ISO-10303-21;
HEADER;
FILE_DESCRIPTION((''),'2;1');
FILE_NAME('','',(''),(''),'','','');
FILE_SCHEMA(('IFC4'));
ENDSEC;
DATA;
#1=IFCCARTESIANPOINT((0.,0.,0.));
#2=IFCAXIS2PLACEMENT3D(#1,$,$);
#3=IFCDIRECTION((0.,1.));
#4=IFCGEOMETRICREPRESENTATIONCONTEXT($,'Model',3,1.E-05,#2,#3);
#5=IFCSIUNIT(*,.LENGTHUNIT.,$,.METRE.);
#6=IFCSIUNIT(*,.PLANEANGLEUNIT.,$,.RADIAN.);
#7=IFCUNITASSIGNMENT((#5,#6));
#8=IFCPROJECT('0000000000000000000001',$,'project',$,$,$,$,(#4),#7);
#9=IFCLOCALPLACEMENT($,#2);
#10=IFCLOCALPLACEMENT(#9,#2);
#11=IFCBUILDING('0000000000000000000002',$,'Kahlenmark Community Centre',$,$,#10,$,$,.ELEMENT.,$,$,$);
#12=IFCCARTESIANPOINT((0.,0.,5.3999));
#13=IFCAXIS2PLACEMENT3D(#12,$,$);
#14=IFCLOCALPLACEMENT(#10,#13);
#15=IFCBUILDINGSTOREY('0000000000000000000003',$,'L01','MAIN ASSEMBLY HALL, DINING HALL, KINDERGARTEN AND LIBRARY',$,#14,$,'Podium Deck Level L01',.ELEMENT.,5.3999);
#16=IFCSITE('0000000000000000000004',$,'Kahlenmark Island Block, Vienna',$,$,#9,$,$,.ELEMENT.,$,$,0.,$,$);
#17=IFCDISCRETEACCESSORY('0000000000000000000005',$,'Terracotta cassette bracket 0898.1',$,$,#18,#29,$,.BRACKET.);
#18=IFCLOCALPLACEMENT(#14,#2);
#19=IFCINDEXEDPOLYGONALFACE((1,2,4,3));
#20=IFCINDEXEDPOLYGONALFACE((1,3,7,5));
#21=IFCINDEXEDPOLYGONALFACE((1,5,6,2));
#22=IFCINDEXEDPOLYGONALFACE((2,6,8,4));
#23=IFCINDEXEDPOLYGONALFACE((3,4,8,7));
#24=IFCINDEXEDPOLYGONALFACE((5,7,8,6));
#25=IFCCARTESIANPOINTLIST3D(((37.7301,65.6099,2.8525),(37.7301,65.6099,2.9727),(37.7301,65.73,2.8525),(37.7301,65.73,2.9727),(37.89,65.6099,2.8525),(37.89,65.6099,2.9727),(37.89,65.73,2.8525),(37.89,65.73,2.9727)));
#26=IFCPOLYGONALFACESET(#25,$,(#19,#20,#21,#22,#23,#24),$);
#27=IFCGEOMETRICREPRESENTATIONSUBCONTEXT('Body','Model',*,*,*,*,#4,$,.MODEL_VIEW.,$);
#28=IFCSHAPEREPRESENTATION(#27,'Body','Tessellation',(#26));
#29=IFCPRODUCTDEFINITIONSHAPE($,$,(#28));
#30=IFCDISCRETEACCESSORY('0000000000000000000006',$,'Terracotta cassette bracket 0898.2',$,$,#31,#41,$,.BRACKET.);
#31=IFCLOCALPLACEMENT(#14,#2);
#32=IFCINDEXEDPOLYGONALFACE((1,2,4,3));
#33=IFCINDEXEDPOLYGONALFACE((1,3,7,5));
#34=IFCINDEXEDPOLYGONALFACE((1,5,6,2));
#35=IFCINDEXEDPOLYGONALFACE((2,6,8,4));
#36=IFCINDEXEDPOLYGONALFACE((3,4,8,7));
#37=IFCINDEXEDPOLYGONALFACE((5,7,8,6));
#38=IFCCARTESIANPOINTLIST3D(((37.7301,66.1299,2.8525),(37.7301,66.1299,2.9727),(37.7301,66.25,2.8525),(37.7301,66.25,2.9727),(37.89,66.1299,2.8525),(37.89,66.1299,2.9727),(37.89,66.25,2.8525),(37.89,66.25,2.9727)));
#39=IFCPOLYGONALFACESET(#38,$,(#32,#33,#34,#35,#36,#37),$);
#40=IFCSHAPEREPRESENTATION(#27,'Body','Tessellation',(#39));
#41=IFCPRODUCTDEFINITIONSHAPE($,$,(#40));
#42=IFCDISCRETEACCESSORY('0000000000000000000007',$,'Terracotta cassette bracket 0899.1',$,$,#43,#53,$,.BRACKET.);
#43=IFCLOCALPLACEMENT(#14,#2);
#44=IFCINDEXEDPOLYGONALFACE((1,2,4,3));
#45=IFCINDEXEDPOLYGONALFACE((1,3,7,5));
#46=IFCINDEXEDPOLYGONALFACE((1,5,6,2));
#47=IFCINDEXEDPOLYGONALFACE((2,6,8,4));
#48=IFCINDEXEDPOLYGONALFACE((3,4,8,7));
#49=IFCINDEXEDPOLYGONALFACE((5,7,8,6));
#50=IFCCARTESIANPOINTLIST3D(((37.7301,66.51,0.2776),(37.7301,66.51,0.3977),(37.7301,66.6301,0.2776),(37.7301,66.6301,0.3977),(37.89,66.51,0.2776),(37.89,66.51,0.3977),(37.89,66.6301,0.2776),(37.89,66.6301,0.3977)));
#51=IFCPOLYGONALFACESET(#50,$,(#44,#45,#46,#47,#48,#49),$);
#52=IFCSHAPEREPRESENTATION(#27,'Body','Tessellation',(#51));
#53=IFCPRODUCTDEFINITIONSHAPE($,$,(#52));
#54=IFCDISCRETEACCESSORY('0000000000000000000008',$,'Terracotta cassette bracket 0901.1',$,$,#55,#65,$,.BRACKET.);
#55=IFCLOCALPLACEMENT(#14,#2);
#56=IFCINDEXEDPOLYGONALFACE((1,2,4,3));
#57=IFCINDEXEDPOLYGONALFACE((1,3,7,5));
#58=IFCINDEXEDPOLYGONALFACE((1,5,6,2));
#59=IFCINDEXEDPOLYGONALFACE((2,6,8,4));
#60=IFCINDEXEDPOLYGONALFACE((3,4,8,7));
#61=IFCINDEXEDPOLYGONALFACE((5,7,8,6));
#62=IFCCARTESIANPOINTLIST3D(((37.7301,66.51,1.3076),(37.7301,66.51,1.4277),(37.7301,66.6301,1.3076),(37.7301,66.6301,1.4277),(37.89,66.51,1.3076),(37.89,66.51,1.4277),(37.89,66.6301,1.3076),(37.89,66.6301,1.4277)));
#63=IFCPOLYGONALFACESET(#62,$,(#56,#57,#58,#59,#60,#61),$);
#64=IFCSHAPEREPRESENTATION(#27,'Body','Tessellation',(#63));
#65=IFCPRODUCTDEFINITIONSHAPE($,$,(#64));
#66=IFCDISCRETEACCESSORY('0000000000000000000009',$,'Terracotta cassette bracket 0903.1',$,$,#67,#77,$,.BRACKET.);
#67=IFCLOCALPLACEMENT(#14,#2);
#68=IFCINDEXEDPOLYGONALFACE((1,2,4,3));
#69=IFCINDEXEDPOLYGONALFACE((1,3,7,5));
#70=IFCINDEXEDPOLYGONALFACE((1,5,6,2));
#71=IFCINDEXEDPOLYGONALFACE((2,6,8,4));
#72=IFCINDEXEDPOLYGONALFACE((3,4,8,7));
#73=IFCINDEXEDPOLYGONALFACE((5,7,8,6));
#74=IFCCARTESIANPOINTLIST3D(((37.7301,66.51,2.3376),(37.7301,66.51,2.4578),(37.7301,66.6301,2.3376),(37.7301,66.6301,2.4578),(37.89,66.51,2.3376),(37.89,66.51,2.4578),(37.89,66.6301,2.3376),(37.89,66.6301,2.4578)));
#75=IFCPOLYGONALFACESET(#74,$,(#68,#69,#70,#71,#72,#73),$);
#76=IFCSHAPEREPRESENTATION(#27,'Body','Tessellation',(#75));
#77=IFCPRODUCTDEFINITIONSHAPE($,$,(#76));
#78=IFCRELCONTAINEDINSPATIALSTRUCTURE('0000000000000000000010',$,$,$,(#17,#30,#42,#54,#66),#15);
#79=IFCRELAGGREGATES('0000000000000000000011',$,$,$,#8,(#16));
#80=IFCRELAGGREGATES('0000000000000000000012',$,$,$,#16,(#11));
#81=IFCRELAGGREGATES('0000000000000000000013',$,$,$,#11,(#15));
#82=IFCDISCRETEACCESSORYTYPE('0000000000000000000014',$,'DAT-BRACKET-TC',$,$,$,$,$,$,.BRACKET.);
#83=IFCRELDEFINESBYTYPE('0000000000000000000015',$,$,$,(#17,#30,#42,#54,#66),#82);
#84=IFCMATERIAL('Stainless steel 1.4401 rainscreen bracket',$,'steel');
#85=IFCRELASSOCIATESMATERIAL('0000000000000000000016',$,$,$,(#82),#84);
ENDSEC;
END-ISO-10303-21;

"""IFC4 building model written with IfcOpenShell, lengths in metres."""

from ifc_helpers import new_model, si_unit, direction, frame, origin, origin_2d, place, context, subcontext, project, spatial, rectangle, extrude, material, type_object, element, save


model = new_model("IFC4")

# Units and contexts
model_context = context("Model", 3, precision=1e-05, world=origin(), true_north=direction((0.0, 1.0)))
body_context = subcontext(model_context, "Body", "Model", "MODEL_VIEW")
ifc_project = project(units=[si_unit("LENGTHUNIT", "METRE"), si_unit("PLANEANGLEUNIT", "RADIAN")], contexts=[model_context])

# Site, building, storey
site_placement = place(None, origin())
site = spatial("IfcSite", under=ifc_project, at=site_placement, Name="Kahlenmark Island Block, Vienna", CompositionType="ELEMENT", RefElevation=0.0)
building_placement = place(site_placement, origin())
building = spatial("IfcBuilding", under=site, at=building_placement, Name="Kahlenmark Community Centre", CompositionType="ELEMENT")
storey_placement = place(building_placement, frame((0.0, 0.0, 5.3999)))
storey = spatial("IfcBuildingStorey", under=building, at=storey_placement, Name="L01", Description="MAIN ASSEMBLY HALL, DINING HALL, KINDERGARTEN AND LIBRARY", LongName="Podium Deck Level L01", CompositionType="ELEMENT", Elevation=5.3999)

# Discrete accessories
ifc_material_1 = material(Name="Stainless steel 1.4401 rainscreen bracket", Category="steel")
discrete_accessory_type = type_object("IfcDiscreteAccessoryType", Name="DAT-BRACKET-TC", PredefinedType="BRACKET", material=ifc_material_1)
for number, where, z_axis, x_axis, name in (
    (1, (37.8101, 65.6699, 2.8525), (0.0, 0.0, 1.0), (0.0, 1.0, 0.0), "Terracotta cassette bracket 0898.1"),
    (2, (37.8101, 66.1899, 2.8525), (0.0, 0.0, 1.0), (0.0, 1.0, 0.0), "Terracotta cassette bracket 0898.2"),
    (3, (37.8101, 66.5701, 0.2776), (0.0, 0.0, 1.0), (0.0, 1.0, 0.0), "Terracotta cassette bracket 0899.1"),
    (4, (37.8101, 66.5701, 1.3076), (0.0, 0.0, 1.0), (0.0, 1.0, 0.0), "Terracotta cassette bracket 0901.1"),
    (5, (37.8101, 66.5701, 2.3376), (0.0, 0.0, 1.0), (0.0, 1.0, 0.0), "Terracotta cassette bracket 0903.1"),
):
    element("IfcDiscreteAccessory", number, at=place(storey_placement, frame(where, z_axis=z_axis, x_axis=x_axis)), inside=storey, type_object=discrete_accessory_type, Name=name, PredefinedType="BRACKET", context=body_context, shape_type="SweptSolid", body=[
        extrude(rectangle(XDim=0.1201, YDim=0.1599, at=origin_2d()), origin(), (0.0, 0.0, 1.0), 0.1201),
    ])

save(model, "model.ifc")
